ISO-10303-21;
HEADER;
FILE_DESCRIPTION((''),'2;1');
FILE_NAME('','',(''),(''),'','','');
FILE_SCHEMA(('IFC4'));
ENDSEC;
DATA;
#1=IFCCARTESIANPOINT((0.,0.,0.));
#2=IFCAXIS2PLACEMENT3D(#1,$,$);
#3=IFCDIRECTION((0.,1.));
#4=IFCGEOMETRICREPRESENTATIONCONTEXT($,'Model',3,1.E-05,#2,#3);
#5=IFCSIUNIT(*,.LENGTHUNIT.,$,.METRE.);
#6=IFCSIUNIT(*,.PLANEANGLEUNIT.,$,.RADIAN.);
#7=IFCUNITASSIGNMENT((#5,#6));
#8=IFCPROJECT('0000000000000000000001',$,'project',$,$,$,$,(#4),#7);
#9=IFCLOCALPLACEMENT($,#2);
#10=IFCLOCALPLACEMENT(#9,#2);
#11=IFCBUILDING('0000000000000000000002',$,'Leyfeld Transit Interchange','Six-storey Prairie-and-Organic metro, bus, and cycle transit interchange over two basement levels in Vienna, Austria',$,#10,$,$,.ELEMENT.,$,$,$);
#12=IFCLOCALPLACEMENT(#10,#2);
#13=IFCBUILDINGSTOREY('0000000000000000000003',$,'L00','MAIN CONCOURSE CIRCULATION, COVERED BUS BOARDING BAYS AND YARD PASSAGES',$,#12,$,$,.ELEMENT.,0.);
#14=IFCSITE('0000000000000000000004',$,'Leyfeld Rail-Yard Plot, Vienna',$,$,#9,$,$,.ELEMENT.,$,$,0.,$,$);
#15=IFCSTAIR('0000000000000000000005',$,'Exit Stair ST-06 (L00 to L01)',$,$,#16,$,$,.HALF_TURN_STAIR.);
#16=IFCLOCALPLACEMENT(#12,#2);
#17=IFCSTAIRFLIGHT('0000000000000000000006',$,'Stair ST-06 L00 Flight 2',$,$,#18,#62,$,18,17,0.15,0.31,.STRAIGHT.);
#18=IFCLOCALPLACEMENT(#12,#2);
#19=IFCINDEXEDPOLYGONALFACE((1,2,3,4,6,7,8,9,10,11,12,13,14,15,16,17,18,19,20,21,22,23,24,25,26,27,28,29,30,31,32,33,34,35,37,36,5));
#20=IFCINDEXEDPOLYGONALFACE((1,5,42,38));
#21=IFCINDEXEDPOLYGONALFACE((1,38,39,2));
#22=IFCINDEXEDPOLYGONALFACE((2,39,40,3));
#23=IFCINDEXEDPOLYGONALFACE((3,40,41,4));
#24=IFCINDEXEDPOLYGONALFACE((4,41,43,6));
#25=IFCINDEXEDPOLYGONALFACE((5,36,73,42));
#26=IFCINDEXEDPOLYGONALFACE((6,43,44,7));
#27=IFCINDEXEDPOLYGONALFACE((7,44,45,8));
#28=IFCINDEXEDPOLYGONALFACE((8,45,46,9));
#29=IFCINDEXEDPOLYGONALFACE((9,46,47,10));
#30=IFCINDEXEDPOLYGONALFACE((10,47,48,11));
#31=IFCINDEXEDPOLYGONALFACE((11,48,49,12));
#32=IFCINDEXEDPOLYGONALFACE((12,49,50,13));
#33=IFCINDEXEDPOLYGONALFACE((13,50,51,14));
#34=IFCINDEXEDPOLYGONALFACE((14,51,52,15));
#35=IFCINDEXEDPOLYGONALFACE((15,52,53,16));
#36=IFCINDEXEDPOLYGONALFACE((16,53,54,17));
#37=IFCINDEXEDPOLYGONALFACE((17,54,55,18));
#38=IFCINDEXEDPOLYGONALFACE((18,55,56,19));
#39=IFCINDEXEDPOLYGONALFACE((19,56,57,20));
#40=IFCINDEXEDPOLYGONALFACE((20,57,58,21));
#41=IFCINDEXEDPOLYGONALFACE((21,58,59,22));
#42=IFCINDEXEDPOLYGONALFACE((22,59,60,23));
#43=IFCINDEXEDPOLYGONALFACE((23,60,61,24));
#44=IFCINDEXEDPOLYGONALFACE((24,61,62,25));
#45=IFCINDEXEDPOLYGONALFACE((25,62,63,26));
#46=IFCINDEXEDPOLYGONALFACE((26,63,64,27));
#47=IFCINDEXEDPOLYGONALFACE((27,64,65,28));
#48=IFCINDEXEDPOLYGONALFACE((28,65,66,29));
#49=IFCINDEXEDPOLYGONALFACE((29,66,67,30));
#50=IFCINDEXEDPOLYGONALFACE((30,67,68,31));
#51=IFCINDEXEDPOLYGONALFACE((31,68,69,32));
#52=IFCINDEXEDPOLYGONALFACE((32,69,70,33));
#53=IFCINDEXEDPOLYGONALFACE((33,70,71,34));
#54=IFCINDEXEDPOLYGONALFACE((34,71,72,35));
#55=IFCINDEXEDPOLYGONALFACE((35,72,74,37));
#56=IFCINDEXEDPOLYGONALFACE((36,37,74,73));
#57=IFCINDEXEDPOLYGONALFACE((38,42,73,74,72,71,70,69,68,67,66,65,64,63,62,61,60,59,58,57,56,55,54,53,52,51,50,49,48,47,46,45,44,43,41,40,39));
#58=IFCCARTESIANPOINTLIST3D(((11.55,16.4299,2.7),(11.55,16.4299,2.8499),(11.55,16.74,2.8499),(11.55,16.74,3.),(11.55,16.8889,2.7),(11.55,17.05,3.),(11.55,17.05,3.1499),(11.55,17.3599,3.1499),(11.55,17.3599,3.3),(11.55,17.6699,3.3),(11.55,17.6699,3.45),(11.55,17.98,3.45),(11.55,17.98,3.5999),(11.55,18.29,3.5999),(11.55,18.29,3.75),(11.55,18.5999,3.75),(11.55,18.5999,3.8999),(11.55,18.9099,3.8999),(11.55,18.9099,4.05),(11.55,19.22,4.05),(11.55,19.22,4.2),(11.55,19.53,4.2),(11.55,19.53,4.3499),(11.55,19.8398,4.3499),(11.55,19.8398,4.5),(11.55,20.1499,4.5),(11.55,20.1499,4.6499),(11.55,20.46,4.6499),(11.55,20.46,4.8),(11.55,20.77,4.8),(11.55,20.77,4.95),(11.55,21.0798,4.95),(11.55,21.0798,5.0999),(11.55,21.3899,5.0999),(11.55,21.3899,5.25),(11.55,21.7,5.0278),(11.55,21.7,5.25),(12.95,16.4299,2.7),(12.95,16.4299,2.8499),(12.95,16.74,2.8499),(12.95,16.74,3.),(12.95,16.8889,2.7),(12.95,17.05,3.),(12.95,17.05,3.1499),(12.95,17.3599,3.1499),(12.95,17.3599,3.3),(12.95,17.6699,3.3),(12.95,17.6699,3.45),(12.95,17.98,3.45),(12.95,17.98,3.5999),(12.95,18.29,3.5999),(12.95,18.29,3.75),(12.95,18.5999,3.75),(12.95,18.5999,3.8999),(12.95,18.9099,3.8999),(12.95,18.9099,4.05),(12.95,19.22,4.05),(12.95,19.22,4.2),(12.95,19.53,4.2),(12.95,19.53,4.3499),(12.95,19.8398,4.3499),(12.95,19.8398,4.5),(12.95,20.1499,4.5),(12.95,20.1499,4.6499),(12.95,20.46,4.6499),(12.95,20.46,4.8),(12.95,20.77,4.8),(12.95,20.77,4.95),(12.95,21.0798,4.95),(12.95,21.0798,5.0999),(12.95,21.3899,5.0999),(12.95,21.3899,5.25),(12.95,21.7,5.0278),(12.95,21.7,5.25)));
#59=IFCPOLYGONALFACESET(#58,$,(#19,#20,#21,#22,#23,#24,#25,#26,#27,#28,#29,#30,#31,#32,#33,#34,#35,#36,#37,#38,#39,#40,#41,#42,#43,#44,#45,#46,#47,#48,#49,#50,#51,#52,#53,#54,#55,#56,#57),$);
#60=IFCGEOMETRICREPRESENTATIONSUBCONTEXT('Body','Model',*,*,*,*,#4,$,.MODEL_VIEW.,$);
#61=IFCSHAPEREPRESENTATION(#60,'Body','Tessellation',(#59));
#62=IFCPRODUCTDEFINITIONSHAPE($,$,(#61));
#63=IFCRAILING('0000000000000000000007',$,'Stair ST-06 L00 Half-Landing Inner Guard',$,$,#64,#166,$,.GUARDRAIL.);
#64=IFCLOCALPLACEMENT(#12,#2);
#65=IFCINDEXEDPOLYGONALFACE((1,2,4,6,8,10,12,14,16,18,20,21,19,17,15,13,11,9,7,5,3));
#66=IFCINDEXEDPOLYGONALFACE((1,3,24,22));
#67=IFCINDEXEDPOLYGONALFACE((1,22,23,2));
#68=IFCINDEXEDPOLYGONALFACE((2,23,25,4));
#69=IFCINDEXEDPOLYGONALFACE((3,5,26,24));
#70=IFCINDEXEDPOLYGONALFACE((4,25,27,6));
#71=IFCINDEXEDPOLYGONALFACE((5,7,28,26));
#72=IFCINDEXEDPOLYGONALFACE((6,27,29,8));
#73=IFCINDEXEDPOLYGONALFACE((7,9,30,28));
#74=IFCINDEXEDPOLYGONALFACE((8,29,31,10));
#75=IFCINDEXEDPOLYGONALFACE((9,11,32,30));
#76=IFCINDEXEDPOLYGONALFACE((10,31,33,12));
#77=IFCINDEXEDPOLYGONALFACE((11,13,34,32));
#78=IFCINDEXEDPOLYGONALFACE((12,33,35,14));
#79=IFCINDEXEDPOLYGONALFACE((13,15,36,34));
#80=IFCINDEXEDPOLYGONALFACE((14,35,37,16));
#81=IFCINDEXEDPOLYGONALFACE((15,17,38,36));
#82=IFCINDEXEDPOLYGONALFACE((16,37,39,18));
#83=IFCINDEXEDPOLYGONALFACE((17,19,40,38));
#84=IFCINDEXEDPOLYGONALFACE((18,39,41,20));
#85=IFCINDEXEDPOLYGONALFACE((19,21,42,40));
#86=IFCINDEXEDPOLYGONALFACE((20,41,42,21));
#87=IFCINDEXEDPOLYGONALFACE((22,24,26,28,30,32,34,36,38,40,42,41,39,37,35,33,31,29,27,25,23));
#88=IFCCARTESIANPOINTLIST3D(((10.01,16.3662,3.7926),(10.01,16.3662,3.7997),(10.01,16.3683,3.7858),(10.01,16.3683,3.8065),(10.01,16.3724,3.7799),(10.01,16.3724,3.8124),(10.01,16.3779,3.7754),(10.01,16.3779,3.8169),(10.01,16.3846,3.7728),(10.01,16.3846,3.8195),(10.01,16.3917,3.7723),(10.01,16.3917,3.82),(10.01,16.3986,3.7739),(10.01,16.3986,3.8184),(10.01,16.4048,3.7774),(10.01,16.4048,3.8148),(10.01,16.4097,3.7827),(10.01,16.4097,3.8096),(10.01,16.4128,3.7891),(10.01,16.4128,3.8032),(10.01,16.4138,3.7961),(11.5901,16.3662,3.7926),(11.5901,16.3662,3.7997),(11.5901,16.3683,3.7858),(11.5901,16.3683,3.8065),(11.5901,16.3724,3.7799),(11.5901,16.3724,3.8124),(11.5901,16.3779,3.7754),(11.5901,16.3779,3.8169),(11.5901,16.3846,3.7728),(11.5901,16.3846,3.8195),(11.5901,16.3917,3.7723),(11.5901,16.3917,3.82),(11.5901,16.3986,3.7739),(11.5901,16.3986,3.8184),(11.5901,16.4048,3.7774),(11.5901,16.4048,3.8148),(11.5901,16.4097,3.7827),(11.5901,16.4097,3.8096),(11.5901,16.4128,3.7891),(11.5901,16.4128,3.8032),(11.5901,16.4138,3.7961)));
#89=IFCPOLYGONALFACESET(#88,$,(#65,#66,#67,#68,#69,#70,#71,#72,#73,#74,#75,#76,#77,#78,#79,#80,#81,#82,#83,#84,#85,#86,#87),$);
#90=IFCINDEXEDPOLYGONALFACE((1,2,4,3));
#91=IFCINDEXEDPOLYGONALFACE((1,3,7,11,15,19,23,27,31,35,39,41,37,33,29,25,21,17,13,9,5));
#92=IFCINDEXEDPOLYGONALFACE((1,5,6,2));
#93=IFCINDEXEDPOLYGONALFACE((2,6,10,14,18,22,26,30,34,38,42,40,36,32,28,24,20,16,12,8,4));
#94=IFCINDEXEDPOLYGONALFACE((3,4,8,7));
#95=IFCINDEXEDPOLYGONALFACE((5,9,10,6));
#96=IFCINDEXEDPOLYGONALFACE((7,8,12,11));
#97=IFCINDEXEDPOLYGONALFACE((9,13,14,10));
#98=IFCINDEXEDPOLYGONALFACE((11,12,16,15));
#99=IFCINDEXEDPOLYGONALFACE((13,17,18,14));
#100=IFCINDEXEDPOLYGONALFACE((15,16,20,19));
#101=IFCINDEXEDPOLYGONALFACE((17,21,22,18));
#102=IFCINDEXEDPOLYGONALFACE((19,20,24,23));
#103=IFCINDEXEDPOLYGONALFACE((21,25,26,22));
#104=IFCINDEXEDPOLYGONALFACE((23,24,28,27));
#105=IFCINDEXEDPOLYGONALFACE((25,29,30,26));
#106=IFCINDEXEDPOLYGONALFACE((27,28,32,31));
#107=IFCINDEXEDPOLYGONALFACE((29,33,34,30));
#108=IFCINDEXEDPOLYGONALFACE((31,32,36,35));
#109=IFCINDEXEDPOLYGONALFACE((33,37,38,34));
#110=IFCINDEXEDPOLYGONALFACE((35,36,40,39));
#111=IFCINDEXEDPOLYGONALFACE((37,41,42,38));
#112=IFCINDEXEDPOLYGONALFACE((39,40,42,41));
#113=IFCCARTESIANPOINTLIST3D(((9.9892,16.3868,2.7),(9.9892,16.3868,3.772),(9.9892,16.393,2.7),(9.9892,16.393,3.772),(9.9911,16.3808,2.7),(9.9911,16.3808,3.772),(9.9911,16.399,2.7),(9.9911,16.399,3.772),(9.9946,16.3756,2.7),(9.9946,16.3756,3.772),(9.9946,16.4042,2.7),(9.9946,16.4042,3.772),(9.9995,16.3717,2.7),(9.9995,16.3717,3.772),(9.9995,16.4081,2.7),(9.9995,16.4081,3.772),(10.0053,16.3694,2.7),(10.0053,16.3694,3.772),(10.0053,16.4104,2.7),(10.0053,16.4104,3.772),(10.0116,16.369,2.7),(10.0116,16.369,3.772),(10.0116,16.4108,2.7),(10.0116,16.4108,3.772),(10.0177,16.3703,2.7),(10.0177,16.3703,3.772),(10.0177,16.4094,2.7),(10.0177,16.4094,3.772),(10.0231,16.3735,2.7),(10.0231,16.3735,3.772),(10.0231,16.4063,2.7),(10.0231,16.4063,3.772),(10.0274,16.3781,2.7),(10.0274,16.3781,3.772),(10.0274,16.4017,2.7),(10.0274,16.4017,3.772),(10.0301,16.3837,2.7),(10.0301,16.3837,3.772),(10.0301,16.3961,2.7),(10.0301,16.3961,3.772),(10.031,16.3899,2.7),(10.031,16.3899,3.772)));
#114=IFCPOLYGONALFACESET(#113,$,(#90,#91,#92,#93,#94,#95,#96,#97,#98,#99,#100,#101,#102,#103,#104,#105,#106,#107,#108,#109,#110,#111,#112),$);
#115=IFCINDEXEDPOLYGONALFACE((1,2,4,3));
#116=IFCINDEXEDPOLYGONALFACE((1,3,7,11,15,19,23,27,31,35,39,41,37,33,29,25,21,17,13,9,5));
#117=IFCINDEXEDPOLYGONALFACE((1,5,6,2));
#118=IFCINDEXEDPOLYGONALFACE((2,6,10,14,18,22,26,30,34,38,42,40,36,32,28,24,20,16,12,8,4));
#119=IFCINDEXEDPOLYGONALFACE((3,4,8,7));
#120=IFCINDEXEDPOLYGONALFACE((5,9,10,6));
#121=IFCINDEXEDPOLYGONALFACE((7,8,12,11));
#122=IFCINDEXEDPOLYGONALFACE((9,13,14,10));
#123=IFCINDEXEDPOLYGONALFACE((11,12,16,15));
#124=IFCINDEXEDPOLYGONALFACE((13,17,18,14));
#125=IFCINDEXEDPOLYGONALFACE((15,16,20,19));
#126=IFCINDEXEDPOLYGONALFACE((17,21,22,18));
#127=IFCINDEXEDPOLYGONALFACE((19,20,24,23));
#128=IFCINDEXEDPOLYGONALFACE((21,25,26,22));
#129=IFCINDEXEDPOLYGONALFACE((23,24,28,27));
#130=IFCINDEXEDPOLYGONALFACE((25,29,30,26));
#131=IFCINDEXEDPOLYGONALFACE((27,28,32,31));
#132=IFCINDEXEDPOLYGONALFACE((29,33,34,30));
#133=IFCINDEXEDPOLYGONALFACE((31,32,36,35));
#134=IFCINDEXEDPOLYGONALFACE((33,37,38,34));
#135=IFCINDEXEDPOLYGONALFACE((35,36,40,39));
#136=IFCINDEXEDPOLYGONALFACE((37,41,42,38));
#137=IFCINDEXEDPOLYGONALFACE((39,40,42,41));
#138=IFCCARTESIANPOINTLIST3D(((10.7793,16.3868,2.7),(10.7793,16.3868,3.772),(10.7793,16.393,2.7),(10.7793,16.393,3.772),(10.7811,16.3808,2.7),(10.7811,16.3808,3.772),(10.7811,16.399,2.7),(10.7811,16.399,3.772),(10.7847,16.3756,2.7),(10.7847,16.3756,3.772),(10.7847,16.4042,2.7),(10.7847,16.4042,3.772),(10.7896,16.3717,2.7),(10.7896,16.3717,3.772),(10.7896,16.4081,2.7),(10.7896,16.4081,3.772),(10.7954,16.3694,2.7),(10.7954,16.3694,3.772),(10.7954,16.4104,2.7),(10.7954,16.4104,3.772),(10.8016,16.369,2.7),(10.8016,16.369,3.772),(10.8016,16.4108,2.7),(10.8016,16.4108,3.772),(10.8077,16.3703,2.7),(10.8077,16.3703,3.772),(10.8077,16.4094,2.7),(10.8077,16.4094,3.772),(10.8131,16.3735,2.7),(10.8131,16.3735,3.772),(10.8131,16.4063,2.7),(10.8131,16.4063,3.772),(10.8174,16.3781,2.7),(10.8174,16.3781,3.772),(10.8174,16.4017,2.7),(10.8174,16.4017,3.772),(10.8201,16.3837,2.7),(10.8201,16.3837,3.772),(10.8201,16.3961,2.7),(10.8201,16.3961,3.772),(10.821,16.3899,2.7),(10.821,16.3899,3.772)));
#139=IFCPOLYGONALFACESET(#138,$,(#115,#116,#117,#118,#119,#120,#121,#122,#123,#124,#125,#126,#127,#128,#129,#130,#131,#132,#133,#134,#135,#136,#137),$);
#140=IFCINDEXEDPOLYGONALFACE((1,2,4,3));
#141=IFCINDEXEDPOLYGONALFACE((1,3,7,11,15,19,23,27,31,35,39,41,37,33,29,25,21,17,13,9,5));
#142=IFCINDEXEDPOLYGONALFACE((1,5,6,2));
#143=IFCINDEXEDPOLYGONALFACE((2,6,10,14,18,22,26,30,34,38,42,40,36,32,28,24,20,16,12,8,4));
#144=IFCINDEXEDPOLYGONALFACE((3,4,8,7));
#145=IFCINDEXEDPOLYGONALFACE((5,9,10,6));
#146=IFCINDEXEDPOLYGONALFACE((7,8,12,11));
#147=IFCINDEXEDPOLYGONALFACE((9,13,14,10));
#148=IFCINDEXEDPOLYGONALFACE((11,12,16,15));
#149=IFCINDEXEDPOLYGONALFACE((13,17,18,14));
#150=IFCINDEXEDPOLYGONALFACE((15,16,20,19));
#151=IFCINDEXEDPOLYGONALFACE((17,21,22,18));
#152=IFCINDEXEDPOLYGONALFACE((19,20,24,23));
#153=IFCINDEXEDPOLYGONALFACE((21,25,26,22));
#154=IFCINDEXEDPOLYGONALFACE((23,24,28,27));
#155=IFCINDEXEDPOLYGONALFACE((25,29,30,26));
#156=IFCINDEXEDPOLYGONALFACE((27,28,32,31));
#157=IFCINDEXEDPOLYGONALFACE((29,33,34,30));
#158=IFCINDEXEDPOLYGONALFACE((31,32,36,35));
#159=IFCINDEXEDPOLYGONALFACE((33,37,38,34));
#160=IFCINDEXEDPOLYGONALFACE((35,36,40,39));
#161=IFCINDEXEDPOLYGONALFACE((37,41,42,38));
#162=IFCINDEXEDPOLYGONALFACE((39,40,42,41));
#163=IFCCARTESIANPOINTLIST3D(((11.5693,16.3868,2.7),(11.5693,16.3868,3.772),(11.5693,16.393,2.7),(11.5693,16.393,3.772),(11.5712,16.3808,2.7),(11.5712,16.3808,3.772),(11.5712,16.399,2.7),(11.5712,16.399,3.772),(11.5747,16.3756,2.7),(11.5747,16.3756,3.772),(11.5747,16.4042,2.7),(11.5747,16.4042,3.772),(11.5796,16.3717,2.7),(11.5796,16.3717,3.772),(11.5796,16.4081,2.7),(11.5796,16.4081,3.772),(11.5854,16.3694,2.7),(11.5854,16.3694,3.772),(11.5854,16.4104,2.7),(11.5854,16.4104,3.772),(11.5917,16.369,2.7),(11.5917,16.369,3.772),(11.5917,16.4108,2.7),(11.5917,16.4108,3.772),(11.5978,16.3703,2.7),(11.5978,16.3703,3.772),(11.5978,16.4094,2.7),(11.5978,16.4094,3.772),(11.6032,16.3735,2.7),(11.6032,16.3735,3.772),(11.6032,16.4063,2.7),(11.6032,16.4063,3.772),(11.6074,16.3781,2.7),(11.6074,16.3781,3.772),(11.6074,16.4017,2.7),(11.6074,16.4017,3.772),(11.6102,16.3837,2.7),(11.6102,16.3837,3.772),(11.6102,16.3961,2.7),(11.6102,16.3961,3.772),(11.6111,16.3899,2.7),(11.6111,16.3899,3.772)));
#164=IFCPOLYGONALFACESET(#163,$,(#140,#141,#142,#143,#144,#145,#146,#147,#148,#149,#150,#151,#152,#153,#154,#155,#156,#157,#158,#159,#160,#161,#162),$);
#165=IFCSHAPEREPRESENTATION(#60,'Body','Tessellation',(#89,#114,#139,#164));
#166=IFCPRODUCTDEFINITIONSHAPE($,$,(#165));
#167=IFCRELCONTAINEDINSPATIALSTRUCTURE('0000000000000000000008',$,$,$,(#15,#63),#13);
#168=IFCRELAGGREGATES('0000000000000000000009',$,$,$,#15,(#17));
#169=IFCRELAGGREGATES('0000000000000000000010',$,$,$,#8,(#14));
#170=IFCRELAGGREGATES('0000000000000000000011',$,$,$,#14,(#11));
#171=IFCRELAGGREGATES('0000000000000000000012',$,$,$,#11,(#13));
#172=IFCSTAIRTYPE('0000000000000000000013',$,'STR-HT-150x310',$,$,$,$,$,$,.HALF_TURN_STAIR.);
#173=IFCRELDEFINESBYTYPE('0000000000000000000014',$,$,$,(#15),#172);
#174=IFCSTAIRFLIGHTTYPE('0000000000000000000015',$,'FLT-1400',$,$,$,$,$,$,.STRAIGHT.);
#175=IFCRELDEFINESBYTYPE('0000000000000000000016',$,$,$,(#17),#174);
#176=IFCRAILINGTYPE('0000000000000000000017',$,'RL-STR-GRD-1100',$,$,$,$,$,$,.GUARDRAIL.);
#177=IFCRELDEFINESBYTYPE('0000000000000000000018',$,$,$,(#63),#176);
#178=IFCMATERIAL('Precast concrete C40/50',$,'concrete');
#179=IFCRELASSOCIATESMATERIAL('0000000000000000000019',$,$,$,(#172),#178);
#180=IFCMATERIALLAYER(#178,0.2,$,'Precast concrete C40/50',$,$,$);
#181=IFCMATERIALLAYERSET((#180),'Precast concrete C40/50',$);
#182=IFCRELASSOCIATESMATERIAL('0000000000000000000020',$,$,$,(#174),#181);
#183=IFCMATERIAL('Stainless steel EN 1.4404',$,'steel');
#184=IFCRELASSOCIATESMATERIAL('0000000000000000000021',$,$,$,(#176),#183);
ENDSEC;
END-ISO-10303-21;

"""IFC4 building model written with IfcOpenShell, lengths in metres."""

from ifc_helpers import new_model, si_unit, direction, frame, origin, origin_2d, place, context, subcontext, project, spatial, polyline, circle, outline, extrude, material, layer, layer_set, type_object, element, aggregate, save


model = new_model("IFC4")

# Units and contexts
model_context = context("Model", 3, precision=1e-05, world=origin(), true_north=direction((0.0, 1.0)))
body_context = subcontext(model_context, "Body", "Model", "MODEL_VIEW")
ifc_project = project(units=[si_unit("LENGTHUNIT", "METRE"), si_unit("PLANEANGLEUNIT", "RADIAN")], contexts=[model_context])

# Site, building, storey
site_placement = place(None, origin())
site = spatial("IfcSite", under=ifc_project, at=site_placement, Name="Leyfeld Rail-Yard Plot, Vienna", CompositionType="ELEMENT", RefElevation=0.0)
building_placement = place(site_placement, origin())
building = spatial("IfcBuilding", under=site, at=building_placement, Name="Leyfeld Transit Interchange", Description="Six-storey Prairie-and-Organic metro, bus, and cycle transit interchange over two basement levels in Vienna, Austria", CompositionType="ELEMENT")
storey_placement = place(building_placement, origin())
storey = spatial("IfcBuildingStorey", under=building, at=storey_placement, Name="L00", Description="MAIN CONCOURSE CIRCULATION, COVERED BUS BOARDING BAYS AND YARD PASSAGES", CompositionType="ELEMENT", Elevation=0.0)

# Stair, stair flight
ifc_material_1 = material(Name="Precast concrete C40/50", Category="concrete")
stair_type = type_object("IfcStairType", Name="STR-HT-150x310", PredefinedType="HALF_TURN_STAIR", material=ifc_material_1)
stair_placement = place(storey_placement, origin())
stair = element("IfcStair", 1, at=stair_placement, inside=storey, type_object=stair_type, Name="Exit Stair ST-06 (L00 to L01)", PredefinedType="HALF_TURN_STAIR")
ifc_layer_1 = layer(ifc_material_1, 0.2, Name="Precast concrete C40/50")
ifc_layer_set_1 = layer_set([ifc_layer_1], Name="Precast concrete C40/50")
stair_flight_type = type_object("IfcStairFlightType", Name="FLT-1400", PredefinedType="STRAIGHT", material=ifc_layer_set_1)
stair_flight_placement = place(storey_placement, frame((12.25, 16.4299, 2.7), z_axis=(0.0, 0.0, 1.0), x_axis=(0.0, 1.0, 0.0)))
stair_flight = element("IfcStairFlight", 2, at=stair_flight_placement, type_object=stair_flight_type, Name="Stair ST-06 L00 Flight 2", NumberOfRisers=18, NumberOfTreads=17, PredefinedType="STRAIGHT", RiserHeight=0.15, TreadLength=0.31, context=body_context, shape_type="SweptSolid", body=[
    extrude(outline(polyline([(0.0, 0.0), (0.0, 0.1499), (0.3101, 0.1499), (0.3101, 0.3), (0.6201, 0.3), (0.6201, 0.45), (0.9299, 0.45), (0.9299, 0.6001), (1.24, 0.6001), (1.24, 0.75), (1.55, 0.75), (1.55, 0.8999), (1.8601, 0.8999), (1.8601, 1.05), (2.1699, 1.05), (2.1699, 1.2), (2.48, 1.2), (2.48, 1.3501), (2.79, 1.3501), (2.79, 1.5), (3.1001, 1.5), (3.1001, 1.6499), (3.4099, 1.6499), (3.4099, 1.8), (3.72, 1.8), (3.72, 1.95), (4.03, 1.95), (4.03, 2.1001), (4.3401, 2.1001), (4.3401, 2.25), (4.6499, 2.25), (4.6499, 2.3999), (4.96, 2.3999), (4.96, 2.55), (5.27, 2.55), (5.27, 2.7), (5.27, 2.3279), (0.459, 0.0), (0.0, 0.0)])), frame((0.0, 0.7, 0.0), z_axis=(0.0, -1.0, 0.0), x_axis=(1.0, 0.0, 0.0)), (0.0, 0.0, 1.0), 1.3999),
])
aggregate(stair, [stair_flight])

# Railing
ifc_material_2 = material(Name="Stainless steel EN 1.4404", Category="steel")
railing_type = type_object("IfcRailingType", Name="RL-STR-GRD-1100", PredefinedType="GUARDRAIL", material=ifc_material_2)
railing_1_placement = place(storey_placement, frame((10.01, 16.3899, 2.7)))
element("IfcRailing", 3, at=railing_1_placement, inside=storey, type_object=railing_type, Name="Stair ST-06 L00 Half-Landing Inner Guard", PredefinedType="GUARDRAIL", context=body_context, shape_type="SweptSolid", body=[
    extrude(circle(Radius=0.0239, at=origin_2d()), frame((0.0, 0.0, 1.0962), z_axis=(1.0, 0.0, 0.0), x_axis=(0.0, 1.0, 0.0)), (0.0, 0.0, 1.0), 1.5801),
    extrude(circle(Radius=0.021, at=origin_2d()), origin(), (0.0, 0.0, 1.0), 1.072),
    extrude(circle(Radius=0.021, at=origin_2d()), frame((0.79, 0.0, 0.0)), (0.0, 0.0, 1.0), 1.072),
    extrude(circle(Radius=0.021, at=origin_2d()), frame((1.5801, 0.0, 0.0)), (0.0, 0.0, 1.0), 1.072),
])

save(model, "model.ifc")
